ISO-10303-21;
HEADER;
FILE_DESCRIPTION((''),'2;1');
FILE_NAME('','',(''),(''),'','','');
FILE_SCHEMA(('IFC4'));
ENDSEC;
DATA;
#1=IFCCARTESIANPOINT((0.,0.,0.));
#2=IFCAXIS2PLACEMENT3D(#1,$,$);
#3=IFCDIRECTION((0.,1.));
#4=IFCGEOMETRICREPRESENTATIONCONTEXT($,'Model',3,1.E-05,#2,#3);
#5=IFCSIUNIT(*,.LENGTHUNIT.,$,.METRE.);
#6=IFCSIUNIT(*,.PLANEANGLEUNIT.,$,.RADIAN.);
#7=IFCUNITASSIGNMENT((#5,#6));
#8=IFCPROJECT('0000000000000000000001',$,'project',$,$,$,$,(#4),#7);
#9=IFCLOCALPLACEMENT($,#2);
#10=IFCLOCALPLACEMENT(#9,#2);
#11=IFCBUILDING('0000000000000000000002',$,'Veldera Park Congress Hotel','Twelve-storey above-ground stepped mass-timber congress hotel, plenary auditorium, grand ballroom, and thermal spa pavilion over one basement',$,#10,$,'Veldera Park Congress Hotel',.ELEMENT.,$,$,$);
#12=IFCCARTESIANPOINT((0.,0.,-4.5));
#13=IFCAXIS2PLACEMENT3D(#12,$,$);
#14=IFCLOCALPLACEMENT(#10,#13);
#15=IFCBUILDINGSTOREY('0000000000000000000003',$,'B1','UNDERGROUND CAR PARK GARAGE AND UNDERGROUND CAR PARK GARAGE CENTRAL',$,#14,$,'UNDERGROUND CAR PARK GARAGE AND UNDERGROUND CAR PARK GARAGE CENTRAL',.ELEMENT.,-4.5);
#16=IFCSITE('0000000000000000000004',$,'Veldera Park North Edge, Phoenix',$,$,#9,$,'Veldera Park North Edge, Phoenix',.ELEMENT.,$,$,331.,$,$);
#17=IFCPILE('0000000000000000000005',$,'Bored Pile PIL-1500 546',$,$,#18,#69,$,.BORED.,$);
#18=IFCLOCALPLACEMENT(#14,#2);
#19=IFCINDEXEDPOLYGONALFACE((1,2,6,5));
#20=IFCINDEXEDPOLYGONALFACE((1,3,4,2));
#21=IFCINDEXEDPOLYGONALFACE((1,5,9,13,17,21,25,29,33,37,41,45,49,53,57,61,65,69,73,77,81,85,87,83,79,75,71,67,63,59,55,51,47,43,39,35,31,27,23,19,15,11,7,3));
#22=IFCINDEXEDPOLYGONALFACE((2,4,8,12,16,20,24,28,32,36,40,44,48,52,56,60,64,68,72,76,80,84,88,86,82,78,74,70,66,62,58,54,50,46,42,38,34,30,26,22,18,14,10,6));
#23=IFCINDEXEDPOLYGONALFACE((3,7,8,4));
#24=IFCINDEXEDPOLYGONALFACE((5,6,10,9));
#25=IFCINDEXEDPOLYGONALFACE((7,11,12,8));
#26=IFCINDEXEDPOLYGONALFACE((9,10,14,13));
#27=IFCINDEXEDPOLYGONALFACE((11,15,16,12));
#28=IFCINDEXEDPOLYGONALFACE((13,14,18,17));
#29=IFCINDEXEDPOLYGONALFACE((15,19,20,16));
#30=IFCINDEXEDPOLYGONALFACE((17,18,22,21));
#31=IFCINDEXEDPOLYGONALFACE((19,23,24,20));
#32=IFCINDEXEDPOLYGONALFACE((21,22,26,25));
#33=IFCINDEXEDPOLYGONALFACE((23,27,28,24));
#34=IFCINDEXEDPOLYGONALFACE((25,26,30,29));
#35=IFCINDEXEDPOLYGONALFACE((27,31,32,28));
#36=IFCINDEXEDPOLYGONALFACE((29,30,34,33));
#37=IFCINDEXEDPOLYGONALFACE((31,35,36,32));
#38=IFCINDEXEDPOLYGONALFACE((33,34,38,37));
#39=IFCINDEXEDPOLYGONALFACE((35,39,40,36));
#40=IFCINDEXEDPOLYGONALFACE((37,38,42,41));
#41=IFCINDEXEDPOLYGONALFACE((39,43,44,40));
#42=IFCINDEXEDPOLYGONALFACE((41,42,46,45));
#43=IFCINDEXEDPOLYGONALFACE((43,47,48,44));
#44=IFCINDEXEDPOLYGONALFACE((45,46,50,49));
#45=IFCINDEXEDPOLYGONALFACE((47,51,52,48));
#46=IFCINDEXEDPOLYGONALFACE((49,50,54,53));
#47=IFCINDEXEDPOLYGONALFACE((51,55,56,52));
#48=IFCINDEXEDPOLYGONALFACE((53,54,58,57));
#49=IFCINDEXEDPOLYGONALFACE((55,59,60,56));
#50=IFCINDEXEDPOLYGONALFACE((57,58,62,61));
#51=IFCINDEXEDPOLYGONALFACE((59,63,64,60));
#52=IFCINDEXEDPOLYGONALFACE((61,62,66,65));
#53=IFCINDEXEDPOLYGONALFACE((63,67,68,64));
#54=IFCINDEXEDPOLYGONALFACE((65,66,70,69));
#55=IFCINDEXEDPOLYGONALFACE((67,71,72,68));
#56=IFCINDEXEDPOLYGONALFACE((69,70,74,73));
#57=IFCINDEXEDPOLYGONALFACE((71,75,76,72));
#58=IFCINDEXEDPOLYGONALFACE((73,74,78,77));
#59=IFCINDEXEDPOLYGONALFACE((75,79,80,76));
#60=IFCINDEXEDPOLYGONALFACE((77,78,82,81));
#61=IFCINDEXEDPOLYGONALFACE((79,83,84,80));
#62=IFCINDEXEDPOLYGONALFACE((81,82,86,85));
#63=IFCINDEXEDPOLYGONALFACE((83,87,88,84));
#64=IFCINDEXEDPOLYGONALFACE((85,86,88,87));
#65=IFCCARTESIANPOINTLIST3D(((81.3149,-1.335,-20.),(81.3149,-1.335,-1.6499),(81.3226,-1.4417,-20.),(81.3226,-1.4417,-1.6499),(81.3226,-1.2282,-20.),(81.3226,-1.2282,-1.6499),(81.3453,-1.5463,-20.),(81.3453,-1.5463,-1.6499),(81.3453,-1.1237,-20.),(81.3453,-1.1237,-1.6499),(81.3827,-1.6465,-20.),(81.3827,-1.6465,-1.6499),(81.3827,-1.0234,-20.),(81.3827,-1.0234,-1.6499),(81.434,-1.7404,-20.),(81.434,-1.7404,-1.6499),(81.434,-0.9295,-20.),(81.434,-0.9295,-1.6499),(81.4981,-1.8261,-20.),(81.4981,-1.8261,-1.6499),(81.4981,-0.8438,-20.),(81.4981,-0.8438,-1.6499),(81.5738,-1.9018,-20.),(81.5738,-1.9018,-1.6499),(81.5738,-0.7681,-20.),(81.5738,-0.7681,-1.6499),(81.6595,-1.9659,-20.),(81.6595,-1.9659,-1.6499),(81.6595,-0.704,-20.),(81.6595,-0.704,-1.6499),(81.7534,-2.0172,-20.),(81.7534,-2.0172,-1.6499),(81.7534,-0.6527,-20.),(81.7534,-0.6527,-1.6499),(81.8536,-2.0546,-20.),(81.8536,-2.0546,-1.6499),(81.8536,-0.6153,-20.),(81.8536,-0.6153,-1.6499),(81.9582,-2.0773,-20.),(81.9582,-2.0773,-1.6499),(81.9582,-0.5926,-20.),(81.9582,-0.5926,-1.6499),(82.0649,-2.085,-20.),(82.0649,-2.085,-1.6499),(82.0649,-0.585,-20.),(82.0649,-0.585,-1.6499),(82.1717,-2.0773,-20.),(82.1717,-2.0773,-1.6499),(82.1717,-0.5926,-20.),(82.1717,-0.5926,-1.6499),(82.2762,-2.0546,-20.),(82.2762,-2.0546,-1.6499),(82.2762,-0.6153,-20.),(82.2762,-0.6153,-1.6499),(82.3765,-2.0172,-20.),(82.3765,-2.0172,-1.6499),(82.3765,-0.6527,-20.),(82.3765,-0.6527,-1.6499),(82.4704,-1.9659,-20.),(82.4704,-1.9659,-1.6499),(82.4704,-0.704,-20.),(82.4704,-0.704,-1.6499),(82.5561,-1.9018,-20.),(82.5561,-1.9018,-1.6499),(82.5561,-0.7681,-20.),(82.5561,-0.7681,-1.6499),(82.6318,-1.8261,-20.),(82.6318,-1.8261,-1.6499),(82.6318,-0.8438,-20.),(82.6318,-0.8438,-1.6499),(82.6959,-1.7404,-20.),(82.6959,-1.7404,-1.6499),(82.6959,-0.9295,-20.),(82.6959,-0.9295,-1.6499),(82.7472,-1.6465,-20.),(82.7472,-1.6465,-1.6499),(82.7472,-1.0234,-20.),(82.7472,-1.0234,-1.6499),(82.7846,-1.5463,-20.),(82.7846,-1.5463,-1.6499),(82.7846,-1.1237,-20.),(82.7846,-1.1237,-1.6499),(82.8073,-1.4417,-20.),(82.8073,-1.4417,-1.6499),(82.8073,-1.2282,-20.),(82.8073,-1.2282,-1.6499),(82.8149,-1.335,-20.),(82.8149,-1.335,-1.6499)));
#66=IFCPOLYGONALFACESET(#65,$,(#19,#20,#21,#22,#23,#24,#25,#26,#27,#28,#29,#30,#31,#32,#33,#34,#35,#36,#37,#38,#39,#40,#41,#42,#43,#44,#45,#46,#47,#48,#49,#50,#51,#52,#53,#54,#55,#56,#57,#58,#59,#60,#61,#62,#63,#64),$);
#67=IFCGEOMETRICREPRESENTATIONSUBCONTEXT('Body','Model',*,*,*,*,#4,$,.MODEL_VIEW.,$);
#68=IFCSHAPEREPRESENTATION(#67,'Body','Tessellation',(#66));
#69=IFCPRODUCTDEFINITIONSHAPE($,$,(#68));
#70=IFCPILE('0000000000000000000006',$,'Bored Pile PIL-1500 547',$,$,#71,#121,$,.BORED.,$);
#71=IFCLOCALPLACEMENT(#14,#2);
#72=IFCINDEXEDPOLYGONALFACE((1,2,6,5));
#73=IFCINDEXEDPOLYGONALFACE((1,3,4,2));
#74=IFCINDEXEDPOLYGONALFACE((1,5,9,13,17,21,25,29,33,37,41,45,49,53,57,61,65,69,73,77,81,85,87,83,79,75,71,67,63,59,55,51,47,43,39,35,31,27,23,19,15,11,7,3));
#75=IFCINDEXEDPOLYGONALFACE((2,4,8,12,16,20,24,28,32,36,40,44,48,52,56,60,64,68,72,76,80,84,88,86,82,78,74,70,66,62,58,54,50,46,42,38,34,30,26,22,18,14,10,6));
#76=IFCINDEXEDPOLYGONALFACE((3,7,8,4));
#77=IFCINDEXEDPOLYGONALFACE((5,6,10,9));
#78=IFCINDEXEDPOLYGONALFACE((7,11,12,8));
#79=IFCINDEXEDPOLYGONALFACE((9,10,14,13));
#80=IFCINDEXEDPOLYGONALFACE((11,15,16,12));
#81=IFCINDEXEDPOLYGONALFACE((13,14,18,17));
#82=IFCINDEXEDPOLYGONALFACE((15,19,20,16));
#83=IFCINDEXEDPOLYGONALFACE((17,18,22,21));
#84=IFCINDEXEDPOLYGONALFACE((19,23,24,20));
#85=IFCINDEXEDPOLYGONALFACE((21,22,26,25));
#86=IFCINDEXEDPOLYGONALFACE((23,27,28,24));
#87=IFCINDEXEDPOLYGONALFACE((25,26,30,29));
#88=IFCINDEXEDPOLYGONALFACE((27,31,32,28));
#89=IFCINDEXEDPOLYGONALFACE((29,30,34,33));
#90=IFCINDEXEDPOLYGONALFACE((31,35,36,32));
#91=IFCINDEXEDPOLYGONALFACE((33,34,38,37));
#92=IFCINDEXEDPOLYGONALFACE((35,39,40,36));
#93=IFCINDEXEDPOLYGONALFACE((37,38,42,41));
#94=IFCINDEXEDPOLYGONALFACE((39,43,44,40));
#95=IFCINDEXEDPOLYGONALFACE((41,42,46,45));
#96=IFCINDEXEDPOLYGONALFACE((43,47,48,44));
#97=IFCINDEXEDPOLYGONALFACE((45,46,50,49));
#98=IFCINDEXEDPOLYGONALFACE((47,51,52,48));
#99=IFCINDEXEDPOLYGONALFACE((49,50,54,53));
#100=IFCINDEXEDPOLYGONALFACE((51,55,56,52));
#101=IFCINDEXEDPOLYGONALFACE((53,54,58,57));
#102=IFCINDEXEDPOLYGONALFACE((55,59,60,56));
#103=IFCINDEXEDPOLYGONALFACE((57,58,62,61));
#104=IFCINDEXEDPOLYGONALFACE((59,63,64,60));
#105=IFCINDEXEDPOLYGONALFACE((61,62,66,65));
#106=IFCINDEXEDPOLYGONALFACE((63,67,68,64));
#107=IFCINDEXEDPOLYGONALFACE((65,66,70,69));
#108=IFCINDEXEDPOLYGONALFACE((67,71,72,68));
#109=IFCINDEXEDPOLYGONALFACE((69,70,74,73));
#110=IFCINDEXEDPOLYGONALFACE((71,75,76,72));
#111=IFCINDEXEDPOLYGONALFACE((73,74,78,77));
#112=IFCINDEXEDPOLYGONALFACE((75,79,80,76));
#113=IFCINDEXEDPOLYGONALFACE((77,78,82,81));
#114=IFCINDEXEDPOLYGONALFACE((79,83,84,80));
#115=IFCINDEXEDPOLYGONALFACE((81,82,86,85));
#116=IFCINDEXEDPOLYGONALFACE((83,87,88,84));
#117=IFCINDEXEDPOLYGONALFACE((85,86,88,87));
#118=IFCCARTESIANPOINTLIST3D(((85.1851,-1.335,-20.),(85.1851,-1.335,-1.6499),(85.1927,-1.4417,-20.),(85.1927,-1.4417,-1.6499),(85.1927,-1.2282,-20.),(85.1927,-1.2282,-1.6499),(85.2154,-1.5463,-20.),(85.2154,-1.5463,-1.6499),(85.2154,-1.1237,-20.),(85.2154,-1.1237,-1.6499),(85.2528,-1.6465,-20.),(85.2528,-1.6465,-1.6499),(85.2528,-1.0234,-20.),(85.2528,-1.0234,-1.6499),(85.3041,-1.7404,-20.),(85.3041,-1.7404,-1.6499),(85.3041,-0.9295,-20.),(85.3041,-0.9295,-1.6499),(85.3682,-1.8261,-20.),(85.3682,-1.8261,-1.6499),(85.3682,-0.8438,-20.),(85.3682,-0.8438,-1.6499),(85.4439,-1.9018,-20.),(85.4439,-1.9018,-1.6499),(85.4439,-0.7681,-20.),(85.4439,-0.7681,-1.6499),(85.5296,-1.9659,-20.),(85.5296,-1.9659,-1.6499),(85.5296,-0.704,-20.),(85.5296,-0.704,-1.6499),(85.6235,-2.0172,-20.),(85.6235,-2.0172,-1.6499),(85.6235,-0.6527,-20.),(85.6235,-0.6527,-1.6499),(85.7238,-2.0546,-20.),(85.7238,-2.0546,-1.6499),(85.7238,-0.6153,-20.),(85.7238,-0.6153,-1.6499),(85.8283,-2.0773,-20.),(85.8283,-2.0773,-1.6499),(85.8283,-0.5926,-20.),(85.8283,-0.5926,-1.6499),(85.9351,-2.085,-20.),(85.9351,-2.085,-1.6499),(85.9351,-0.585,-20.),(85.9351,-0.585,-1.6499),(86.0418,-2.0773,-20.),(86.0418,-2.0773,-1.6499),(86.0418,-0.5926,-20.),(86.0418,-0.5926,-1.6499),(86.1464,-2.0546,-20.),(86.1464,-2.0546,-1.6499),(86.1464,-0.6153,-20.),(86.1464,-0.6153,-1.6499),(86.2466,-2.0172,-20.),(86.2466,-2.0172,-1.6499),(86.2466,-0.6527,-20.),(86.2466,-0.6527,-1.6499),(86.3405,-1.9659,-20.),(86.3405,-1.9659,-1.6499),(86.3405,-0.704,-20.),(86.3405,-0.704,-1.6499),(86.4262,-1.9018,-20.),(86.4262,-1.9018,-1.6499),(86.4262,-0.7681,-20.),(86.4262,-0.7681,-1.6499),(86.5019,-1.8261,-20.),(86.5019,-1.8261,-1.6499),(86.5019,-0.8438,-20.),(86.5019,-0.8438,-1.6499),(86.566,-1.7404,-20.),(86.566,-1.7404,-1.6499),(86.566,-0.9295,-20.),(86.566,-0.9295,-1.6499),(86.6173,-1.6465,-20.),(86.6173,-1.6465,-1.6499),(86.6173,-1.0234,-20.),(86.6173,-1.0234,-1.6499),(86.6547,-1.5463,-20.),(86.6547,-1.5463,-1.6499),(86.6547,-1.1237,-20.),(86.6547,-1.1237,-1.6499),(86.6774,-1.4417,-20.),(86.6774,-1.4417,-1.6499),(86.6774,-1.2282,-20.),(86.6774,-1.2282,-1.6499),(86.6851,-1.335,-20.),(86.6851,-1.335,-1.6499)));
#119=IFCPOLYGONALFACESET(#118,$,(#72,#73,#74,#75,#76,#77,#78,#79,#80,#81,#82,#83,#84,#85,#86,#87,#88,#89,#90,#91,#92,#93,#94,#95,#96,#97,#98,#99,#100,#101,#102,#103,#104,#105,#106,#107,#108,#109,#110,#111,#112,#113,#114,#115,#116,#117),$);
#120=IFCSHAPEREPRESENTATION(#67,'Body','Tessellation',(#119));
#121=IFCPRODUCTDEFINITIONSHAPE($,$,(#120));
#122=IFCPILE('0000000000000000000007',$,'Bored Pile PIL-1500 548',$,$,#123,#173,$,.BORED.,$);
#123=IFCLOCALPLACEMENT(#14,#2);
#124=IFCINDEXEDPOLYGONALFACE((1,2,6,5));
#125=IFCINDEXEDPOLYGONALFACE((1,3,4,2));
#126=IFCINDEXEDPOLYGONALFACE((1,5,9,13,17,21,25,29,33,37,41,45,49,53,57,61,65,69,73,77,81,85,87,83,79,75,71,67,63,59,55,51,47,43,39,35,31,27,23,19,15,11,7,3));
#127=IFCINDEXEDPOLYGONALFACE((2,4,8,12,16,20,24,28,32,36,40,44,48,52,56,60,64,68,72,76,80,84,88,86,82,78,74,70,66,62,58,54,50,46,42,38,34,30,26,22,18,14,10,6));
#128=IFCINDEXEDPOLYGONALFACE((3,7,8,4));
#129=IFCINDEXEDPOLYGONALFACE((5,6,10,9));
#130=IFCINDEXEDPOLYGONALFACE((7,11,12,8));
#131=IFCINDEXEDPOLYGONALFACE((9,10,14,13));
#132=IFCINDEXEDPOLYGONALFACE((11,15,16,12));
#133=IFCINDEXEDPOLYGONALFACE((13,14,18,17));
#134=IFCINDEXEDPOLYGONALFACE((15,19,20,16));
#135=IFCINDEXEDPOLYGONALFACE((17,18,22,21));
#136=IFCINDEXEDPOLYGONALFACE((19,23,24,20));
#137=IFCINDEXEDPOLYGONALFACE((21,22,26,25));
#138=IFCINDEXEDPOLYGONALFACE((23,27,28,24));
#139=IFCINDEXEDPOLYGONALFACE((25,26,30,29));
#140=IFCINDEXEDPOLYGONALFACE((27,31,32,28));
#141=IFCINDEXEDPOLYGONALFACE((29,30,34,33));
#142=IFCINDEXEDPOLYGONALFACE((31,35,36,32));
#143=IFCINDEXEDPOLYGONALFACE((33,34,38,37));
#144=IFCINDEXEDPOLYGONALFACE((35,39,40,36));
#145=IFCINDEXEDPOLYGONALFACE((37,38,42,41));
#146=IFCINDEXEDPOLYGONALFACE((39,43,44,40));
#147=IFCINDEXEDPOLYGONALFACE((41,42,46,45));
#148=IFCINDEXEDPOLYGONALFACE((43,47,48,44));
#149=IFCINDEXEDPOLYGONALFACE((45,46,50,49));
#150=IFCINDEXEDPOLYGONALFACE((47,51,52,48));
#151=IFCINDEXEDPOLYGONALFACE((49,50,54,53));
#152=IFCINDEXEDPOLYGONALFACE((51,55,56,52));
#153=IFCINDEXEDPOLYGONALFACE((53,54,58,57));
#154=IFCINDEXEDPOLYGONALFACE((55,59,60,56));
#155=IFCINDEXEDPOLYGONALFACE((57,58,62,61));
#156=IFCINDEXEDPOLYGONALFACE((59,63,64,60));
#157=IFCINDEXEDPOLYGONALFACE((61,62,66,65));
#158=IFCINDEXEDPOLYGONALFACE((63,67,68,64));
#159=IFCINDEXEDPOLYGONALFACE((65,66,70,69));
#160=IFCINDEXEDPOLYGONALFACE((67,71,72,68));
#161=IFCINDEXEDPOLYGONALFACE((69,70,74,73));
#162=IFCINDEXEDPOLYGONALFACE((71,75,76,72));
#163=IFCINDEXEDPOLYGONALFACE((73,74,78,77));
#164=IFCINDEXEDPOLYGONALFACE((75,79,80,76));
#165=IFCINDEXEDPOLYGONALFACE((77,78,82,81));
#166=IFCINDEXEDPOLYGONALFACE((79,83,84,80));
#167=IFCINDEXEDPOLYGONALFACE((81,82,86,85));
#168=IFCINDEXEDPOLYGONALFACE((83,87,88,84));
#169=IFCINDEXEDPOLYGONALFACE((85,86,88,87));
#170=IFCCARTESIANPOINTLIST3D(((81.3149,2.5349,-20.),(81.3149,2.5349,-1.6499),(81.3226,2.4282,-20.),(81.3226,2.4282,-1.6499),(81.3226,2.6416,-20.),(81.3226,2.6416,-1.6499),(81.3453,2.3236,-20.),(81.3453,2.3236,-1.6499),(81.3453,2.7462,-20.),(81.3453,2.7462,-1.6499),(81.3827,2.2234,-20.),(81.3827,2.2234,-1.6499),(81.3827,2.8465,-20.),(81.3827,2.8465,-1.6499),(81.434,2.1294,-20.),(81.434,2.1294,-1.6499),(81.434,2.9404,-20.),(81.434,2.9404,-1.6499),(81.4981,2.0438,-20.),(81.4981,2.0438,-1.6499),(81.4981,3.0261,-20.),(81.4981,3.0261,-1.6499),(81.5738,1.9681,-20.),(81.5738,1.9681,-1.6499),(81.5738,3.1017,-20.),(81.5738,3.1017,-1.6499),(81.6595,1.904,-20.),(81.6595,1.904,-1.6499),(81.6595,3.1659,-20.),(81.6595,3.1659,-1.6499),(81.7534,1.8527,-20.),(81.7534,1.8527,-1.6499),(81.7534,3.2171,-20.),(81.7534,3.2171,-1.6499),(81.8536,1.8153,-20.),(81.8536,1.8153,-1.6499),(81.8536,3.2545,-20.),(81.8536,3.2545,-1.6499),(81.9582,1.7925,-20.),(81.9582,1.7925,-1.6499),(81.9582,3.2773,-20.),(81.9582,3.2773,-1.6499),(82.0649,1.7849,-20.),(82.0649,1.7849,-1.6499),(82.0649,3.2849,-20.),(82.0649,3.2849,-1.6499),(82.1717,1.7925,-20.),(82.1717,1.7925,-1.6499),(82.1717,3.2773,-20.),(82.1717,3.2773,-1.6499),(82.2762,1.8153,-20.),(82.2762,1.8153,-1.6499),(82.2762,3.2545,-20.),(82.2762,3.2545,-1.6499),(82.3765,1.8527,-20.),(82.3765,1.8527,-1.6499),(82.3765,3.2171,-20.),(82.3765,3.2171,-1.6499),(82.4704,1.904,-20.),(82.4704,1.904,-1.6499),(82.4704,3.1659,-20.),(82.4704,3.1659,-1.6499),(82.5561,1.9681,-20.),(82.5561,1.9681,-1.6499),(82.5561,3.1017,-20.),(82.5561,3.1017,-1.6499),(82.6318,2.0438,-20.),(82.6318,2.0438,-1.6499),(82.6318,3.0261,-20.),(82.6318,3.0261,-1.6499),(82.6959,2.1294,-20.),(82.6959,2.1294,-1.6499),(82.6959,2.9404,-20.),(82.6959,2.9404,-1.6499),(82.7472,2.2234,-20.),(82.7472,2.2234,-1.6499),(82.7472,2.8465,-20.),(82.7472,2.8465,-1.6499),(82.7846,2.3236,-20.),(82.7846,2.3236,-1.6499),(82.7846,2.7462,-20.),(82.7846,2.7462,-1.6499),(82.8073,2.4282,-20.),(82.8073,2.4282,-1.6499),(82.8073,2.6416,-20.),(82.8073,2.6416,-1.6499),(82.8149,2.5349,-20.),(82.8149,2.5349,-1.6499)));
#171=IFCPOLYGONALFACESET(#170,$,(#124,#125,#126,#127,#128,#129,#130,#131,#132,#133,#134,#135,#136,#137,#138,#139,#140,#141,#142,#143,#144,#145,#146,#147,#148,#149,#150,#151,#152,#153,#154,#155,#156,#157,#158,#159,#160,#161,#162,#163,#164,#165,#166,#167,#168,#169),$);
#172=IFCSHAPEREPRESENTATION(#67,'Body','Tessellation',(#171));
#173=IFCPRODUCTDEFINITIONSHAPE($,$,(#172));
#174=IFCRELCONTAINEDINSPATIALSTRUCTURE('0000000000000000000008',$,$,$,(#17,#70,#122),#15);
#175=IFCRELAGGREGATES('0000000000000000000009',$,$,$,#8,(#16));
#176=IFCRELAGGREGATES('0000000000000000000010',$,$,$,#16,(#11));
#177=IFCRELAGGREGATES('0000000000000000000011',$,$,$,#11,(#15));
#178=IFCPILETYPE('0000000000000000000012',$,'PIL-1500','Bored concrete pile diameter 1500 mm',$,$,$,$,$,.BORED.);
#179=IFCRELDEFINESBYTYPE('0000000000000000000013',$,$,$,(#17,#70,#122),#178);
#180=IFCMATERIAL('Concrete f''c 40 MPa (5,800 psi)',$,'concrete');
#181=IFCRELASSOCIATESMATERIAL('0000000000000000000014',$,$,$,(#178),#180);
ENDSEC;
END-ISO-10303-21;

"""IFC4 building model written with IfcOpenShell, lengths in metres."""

from ifc_helpers import new_model, si_unit, direction, frame, origin, origin_2d, place, context, subcontext, project, spatial, circle, extrude, material, material_profile, profile_set, type_object, element, save


model = new_model("IFC4")

# Units and contexts
model_context = context("Model", 3, precision=1e-05, world=origin(), true_north=direction((0.0, 1.0)))
body_context = subcontext(model_context, "Body", "Model", "MODEL_VIEW")
ifc_project = project(units=[si_unit("LENGTHUNIT", "METRE"), si_unit("PLANEANGLEUNIT", "RADIAN")], contexts=[model_context])

# Site, building, storey
site_placement = place(None, origin())
site = spatial("IfcSite", under=ifc_project, at=site_placement, Name="Veldera Park North Edge, Phoenix", LongName="Veldera Park North Edge, Phoenix", CompositionType="ELEMENT", RefElevation=331.0)
building_placement = place(site_placement, origin())
building = spatial("IfcBuilding", under=site, at=building_placement, Name="Veldera Park Congress Hotel", Description="Twelve-storey above-ground stepped mass-timber congress hotel, plenary auditorium, grand ballroom, and thermal spa pavilion over one basement", LongName="Veldera Park Congress Hotel", CompositionType="ELEMENT")
storey_placement = place(building_placement, frame((0.0, 0.0, -4.5)))
storey = spatial("IfcBuildingStorey", under=building, at=storey_placement, Name="B1", Description="UNDERGROUND CAR PARK GARAGE AND UNDERGROUND CAR PARK GARAGE CENTRAL", LongName="UNDERGROUND CAR PARK GARAGE AND UNDERGROUND CAR PARK GARAGE CENTRAL", CompositionType="ELEMENT", Elevation=-4.5)

# Shared definitions
ifc_material_1 = material(Name="Concrete f'c 40 MPa (5,800 psi)", Category="concrete")

# Piles
ifc_material_profile_1 = material_profile(ifc_material_1, circle(Radius=0.75, at=origin_2d()), Name="PILE D1500")
ifc_profile_set_1 = profile_set([ifc_material_profile_1], Name="Concrete f'c 40 MPa (5,800 psi)")
pile_type = type_object("IfcPileType", Name="PIL-1500", Description="Bored concrete pile diameter 1500 mm", PredefinedType="BORED", material=ifc_profile_set_1)
for number, where, z_axis, x_axis, name in (
    (1, (82.0649, -1.335, -1.6499), (0.0, 0.0, -1.0), (1.0, 0.0, 0.0), "Bored Pile PIL-1500 546"),
    (2, (85.9351, -1.335, -1.6499), (0.0, 0.0, -1.0), (1.0, 0.0, 0.0), "Bored Pile PIL-1500 547"),
    (3, (82.0649, 2.5349, -1.6499), (0.0, 0.0, -1.0), (1.0, 0.0, 0.0), "Bored Pile PIL-1500 548"),
):
    element("IfcPile", number, at=place(storey_placement, frame(where, z_axis=z_axis, x_axis=x_axis)), inside=storey, type_object=pile_type, Name=name, PredefinedType="BORED", context=body_context, shape_type="SweptSolid", body=[
        extrude(circle(Radius=0.75, at=origin_2d()), origin(), (0.0, 0.0, 1.0), 18.3501),
    ])

save(model, "model.ifc")
